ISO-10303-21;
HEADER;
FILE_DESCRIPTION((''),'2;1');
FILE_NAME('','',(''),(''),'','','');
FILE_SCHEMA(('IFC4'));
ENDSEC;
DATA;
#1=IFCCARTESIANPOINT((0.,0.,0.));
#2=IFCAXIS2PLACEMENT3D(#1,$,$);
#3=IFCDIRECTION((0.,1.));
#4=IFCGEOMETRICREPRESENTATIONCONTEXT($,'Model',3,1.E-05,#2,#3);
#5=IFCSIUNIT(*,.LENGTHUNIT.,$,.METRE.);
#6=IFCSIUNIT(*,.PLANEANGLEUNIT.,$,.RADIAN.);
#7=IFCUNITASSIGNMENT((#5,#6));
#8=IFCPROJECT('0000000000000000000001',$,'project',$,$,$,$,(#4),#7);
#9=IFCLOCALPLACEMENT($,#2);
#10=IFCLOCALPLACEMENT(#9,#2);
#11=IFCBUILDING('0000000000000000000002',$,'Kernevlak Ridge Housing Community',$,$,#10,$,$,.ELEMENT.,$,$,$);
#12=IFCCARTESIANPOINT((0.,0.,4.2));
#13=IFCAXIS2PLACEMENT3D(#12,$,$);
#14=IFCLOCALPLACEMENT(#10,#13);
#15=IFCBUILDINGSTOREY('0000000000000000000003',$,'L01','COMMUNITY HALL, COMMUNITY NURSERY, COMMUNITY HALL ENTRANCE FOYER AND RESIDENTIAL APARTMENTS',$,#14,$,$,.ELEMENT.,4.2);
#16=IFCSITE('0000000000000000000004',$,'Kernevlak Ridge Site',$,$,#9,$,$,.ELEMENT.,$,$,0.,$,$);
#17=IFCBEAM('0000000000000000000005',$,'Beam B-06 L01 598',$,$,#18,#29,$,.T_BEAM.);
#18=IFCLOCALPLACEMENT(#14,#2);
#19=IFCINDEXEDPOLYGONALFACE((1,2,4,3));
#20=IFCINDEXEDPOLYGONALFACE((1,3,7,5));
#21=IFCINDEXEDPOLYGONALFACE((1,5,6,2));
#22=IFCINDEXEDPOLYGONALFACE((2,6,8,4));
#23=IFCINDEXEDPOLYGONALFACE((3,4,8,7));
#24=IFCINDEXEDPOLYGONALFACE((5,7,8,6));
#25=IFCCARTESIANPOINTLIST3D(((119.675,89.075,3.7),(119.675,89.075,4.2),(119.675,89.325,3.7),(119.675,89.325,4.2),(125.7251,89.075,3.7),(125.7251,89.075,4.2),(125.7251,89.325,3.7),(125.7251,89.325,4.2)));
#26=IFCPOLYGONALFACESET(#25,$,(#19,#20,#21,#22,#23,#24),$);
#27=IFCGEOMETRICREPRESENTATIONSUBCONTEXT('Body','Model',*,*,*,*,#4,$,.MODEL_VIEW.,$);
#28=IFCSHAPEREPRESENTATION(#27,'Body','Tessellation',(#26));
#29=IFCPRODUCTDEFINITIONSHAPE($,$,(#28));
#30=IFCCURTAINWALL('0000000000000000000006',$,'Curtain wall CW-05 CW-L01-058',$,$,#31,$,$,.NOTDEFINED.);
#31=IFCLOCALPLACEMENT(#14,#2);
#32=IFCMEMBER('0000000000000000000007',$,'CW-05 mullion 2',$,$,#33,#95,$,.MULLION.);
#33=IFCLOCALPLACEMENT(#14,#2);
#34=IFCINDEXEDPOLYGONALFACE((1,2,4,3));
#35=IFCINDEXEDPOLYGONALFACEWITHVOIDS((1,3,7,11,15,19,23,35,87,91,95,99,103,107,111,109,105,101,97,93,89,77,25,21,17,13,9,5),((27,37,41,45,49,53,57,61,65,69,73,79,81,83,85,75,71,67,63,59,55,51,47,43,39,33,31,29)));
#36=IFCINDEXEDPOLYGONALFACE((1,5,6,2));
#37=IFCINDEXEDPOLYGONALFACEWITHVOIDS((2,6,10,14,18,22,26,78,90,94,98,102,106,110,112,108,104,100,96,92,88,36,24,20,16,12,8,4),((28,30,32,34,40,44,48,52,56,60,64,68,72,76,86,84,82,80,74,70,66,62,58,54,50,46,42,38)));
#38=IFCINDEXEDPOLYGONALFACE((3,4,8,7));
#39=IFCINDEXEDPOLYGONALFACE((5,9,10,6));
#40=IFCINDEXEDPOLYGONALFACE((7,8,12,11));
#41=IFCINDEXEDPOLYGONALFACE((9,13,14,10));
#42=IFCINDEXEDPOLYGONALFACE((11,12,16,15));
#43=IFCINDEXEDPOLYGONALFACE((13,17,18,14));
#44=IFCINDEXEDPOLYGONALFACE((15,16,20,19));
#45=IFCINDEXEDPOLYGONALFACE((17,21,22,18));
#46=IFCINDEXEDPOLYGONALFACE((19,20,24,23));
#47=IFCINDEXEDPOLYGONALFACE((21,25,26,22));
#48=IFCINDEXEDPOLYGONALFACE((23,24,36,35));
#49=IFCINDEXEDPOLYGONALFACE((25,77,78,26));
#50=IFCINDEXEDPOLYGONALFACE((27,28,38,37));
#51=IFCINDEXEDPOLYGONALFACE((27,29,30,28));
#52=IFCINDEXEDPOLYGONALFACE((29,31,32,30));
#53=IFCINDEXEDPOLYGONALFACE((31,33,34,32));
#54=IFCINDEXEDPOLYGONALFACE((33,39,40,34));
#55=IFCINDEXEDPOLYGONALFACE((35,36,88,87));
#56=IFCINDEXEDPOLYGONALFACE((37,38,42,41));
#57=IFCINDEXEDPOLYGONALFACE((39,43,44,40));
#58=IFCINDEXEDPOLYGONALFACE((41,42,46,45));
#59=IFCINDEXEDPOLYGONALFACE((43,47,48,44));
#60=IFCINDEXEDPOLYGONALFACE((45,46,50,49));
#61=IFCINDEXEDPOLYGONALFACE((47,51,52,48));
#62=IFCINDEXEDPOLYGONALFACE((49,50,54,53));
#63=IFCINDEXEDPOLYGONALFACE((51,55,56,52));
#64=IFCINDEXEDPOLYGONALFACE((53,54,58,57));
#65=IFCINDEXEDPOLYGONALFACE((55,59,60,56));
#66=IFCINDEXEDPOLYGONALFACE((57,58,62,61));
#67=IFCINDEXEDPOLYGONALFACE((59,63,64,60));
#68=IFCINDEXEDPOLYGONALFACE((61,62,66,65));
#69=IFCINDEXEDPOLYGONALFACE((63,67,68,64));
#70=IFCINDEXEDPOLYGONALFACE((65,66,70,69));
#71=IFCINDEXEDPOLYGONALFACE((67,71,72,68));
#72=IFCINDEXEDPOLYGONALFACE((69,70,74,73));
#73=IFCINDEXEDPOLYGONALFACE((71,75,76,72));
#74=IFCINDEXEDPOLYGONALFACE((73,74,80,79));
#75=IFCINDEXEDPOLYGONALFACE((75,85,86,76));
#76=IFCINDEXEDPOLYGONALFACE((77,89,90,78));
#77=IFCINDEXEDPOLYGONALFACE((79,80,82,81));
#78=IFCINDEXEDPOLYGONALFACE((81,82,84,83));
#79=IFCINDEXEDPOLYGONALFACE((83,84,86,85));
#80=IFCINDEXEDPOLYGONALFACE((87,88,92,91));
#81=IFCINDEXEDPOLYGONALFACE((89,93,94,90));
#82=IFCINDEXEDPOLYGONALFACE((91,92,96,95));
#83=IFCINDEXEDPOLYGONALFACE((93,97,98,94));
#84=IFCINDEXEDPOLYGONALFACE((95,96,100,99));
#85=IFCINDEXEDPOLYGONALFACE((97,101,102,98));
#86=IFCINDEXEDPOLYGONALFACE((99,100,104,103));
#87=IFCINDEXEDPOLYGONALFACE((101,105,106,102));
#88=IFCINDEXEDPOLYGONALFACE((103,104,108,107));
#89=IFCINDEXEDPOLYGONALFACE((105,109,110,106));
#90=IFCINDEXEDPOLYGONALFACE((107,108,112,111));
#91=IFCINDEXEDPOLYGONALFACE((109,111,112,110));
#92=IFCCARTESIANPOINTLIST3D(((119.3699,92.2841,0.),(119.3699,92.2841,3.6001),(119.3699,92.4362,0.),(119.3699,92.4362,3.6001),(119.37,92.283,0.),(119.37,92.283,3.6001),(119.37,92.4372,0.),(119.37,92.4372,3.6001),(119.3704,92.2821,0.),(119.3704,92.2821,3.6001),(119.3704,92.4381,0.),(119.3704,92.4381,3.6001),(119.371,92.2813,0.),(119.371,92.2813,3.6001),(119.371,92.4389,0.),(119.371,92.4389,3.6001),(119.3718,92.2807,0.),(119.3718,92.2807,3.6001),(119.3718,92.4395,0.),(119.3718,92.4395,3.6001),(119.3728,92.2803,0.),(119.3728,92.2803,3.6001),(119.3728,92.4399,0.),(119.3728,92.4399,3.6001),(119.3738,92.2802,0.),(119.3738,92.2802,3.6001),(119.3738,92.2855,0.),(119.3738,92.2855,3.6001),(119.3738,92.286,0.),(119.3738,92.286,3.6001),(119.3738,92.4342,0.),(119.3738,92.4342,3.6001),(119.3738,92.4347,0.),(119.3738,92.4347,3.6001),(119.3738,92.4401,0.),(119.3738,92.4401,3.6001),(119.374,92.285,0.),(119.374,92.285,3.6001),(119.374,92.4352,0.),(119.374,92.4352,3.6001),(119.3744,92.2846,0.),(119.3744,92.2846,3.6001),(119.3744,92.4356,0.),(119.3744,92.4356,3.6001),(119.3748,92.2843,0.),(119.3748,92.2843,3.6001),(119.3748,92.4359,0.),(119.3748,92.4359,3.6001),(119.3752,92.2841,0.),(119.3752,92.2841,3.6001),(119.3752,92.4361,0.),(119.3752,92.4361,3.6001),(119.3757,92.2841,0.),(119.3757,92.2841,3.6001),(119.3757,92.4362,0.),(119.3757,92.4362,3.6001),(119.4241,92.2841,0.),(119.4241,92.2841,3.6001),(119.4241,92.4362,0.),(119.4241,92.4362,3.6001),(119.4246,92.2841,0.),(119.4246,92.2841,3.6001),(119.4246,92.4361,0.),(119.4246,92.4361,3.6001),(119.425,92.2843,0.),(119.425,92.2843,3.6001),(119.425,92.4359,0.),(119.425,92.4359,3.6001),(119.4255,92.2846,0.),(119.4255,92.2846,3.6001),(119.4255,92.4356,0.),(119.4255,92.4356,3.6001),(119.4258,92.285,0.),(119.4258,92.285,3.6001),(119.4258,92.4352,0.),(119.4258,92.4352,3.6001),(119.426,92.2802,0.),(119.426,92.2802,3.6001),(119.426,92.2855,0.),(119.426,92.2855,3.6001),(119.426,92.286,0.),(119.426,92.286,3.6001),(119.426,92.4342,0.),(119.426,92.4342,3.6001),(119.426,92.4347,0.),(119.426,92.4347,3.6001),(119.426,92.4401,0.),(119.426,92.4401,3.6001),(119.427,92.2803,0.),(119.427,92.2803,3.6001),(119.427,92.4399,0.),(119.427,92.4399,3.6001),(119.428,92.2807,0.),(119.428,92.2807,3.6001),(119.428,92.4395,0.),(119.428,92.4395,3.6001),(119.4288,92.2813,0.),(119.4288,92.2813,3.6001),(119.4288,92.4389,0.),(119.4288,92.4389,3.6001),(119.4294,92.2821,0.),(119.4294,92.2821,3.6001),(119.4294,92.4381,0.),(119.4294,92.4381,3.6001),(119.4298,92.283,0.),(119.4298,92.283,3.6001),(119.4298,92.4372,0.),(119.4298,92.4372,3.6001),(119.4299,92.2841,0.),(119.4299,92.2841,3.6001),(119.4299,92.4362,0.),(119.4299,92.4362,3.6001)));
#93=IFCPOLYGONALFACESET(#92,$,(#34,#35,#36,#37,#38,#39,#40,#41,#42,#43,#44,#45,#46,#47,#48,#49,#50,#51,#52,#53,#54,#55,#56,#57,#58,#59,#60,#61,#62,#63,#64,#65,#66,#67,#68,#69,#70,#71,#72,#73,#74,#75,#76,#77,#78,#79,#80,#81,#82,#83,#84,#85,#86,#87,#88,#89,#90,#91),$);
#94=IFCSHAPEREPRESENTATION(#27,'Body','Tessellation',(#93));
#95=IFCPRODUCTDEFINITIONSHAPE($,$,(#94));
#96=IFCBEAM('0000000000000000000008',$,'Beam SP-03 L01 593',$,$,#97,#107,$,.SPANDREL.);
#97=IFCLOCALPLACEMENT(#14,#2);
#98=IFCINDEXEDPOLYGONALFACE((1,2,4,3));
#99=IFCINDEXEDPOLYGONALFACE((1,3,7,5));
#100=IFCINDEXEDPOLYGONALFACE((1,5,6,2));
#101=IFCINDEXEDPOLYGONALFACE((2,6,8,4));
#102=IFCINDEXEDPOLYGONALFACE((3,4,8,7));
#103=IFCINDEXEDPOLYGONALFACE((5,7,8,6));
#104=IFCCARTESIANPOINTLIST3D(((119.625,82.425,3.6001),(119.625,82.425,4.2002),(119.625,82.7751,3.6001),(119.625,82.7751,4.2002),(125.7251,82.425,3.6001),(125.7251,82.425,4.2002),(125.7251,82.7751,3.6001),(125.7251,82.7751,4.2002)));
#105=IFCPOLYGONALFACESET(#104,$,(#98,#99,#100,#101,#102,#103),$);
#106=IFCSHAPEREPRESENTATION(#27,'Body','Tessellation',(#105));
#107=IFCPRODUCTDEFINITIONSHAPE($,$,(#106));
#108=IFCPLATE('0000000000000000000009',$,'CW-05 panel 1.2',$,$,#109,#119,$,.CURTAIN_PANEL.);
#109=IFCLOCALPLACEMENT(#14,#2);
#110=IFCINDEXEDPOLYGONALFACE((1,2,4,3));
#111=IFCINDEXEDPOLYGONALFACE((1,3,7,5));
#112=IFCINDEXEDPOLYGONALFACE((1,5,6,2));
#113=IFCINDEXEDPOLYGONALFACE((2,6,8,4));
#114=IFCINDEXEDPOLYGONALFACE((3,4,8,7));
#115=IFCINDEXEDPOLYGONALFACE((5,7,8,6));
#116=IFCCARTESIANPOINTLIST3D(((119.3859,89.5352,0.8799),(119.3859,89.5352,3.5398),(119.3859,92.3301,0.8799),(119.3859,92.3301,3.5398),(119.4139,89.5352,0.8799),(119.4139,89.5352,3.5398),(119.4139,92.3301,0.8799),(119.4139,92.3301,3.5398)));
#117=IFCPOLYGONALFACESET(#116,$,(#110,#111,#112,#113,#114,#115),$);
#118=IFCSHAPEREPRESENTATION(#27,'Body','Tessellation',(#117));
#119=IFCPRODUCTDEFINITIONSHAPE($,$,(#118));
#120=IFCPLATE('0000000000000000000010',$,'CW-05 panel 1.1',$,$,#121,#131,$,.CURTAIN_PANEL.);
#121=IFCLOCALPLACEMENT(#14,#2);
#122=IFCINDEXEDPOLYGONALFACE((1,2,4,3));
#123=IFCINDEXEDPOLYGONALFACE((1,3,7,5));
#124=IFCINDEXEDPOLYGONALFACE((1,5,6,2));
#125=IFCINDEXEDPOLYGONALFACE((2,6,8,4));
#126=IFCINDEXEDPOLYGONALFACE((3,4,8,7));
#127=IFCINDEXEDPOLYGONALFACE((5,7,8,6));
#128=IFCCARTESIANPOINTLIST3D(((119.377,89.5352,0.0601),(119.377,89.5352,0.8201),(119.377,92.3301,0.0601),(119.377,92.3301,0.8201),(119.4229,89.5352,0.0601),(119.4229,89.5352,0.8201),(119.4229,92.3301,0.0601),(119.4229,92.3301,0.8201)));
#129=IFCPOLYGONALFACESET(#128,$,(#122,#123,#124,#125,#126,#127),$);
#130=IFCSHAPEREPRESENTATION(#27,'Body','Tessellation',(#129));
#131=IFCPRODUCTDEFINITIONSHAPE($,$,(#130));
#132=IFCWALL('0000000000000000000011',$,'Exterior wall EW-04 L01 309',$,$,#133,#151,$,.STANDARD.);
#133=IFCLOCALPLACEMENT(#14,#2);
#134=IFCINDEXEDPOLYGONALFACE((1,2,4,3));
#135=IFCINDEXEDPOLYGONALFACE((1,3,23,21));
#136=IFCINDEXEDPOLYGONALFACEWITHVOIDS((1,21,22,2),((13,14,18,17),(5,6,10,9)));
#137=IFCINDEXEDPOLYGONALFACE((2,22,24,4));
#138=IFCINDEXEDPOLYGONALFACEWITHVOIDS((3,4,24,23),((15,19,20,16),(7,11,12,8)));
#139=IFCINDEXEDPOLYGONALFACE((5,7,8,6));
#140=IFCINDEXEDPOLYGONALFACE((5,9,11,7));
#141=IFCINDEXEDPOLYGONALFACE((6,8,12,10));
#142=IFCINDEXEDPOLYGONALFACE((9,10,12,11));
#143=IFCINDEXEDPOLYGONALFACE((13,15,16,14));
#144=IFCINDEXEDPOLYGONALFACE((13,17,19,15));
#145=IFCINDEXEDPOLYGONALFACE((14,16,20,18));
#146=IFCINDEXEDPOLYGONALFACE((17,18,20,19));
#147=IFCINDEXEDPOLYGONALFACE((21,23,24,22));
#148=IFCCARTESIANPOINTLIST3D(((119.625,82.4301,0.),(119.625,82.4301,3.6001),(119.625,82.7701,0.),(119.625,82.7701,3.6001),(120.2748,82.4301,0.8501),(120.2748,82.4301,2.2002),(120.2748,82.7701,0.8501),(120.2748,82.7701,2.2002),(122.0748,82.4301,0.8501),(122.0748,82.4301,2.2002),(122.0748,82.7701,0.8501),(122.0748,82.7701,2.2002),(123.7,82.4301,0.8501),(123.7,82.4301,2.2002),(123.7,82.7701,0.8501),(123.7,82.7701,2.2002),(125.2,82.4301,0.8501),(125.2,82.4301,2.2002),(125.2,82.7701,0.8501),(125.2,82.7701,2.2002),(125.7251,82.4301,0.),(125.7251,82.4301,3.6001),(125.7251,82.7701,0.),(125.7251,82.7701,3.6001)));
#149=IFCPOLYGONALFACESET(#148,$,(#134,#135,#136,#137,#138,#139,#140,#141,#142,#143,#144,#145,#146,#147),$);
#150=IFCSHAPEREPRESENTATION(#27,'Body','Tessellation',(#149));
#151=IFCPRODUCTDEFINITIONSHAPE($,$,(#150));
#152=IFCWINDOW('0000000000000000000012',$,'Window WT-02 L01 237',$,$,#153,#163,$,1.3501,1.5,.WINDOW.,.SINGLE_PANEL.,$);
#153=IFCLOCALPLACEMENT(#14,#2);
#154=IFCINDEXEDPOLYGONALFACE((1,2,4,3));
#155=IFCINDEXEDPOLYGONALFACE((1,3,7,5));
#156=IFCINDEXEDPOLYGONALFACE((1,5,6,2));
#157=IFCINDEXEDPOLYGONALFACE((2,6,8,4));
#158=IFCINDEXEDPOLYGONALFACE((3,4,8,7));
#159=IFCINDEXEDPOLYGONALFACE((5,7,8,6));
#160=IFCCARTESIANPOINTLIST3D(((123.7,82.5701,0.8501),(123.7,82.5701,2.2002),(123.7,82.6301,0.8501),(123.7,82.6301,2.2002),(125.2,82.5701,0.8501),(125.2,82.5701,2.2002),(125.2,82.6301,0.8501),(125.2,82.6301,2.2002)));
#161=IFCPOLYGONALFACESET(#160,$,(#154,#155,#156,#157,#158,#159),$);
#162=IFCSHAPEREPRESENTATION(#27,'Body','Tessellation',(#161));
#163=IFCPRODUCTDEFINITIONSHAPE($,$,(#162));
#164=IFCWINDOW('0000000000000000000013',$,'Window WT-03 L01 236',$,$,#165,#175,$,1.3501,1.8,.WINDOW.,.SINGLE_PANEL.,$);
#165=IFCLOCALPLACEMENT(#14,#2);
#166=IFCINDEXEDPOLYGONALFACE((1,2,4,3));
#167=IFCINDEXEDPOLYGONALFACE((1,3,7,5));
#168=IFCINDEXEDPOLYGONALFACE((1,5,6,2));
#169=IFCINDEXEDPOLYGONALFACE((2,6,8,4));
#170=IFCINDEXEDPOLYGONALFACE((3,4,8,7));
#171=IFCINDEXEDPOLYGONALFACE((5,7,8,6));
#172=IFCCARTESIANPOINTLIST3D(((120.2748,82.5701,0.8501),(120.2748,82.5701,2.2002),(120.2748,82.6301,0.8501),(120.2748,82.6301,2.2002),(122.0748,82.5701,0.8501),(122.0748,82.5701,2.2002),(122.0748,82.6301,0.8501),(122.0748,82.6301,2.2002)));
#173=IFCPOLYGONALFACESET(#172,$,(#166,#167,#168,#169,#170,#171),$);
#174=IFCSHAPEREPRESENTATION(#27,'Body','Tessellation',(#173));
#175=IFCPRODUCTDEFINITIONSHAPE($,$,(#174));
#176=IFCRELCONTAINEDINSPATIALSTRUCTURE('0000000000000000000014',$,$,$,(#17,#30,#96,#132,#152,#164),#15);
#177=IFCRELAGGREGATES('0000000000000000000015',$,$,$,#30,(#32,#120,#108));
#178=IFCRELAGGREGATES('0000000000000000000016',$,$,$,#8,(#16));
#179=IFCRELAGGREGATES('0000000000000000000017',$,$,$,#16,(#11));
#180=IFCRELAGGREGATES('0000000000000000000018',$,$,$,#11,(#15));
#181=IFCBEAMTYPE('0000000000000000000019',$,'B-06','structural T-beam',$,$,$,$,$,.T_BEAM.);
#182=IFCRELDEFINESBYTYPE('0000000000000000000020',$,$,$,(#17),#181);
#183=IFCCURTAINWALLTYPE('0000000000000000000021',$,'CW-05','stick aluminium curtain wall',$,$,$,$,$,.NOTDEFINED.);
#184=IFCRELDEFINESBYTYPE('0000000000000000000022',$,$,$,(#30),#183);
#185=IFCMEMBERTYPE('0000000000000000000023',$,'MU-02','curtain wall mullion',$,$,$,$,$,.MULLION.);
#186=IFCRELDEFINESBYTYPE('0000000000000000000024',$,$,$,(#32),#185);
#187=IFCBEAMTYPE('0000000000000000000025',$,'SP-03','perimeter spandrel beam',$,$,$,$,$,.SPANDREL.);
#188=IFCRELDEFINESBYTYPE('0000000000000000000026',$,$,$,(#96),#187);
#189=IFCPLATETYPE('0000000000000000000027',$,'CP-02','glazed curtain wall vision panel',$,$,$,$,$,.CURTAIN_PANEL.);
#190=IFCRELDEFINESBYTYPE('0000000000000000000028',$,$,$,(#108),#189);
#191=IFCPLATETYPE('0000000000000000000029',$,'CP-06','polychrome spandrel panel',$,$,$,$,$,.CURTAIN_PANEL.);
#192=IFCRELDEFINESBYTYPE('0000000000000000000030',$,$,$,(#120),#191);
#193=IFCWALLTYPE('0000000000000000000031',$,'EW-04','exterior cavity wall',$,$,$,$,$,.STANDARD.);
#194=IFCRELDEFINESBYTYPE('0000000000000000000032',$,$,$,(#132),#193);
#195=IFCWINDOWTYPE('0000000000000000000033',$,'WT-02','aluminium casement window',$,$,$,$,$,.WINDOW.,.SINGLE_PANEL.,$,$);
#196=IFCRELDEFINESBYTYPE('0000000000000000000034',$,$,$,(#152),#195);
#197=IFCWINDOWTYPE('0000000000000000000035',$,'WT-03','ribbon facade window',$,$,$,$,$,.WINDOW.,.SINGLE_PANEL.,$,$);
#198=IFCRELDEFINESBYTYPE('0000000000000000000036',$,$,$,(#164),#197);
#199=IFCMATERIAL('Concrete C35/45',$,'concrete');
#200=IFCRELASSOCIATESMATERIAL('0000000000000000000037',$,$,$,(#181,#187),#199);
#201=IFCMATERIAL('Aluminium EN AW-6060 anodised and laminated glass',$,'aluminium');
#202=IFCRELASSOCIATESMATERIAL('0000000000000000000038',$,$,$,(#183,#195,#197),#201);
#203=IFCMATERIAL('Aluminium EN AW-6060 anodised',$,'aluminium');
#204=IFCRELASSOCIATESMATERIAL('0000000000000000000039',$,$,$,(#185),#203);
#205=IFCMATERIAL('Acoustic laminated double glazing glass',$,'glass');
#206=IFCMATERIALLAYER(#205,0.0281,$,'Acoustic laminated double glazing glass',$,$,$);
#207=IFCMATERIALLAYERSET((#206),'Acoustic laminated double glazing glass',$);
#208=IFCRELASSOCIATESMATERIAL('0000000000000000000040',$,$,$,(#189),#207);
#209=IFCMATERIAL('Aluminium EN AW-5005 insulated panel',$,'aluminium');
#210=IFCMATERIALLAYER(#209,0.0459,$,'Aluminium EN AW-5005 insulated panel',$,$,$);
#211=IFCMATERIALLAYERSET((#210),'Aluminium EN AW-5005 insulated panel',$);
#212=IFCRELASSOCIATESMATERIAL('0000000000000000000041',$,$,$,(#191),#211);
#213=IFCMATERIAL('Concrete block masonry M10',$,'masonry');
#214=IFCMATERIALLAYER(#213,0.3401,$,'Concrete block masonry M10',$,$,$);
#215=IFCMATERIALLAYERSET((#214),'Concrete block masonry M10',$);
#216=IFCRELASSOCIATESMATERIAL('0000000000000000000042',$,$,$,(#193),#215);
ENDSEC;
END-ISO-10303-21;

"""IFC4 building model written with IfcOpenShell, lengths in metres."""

from ifc_helpers import new_model, si_unit, direction, frame, frame_2d, origin, origin_2d, place, context, subcontext, project, spatial, rectangle, hollow_rectangle, extrude, material, layer, layer_set, material_profile, profile_set, type_object, element, fill, aggregate, save


model = new_model("IFC4")

# Units and contexts
model_context = context("Model", 3, precision=1e-05, world=origin(), true_north=direction((0.0, 1.0)))
body_context = subcontext(model_context, "Body", "Model", "MODEL_VIEW")
ifc_project = project(units=[si_unit("LENGTHUNIT", "METRE"), si_unit("PLANEANGLEUNIT", "RADIAN")], contexts=[model_context])

# Site, building, storey
site_placement = place(None, origin())
site = spatial("IfcSite", under=ifc_project, at=site_placement, Name="Kernevlak Ridge Site", CompositionType="ELEMENT", RefElevation=0.0)
building_placement = place(site_placement, origin())
building = spatial("IfcBuilding", under=site, at=building_placement, Name="Kernevlak Ridge Housing Community", CompositionType="ELEMENT")
storey_placement = place(building_placement, frame((0.0, 0.0, 4.2)))
storey = spatial("IfcBuildingStorey", under=building, at=storey_placement, Name="L01", Description="COMMUNITY HALL, COMMUNITY NURSERY, COMMUNITY HALL ENTRANCE FOYER AND RESIDENTIAL APARTMENTS", CompositionType="ELEMENT", Elevation=4.2)

# Beam
ifc_material_1 = material(Name="Concrete C35/45", Category="concrete")
ifc_material_profile_1 = material_profile(ifc_material_1, rectangle(XDim=0.25, YDim=0.5, at=origin_2d()), Name="RC 250x500")
ifc_profile_set_1 = profile_set([ifc_material_profile_1], Name="Concrete C35/45")
beam_type_1 = type_object("IfcBeamType", Name="B-06", Description="structural T-beam", PredefinedType="T_BEAM", material=ifc_profile_set_1)
beam_1_placement = place(storey_placement, frame((119.675, 89.2, 3.95), z_axis=(1.0, 0.0, 0.0), x_axis=(0.0, 1.0, 0.0)))
element("IfcBeam", 1, at=beam_1_placement, inside=storey, type_object=beam_type_1, Name="Beam B-06 L01 598", PredefinedType="T_BEAM", context=body_context, shape_type="SweptSolid", body=[
    extrude(rectangle(XDim=0.25, YDim=0.5, at=origin_2d()), origin(), (0.0, 0.0, 1.0), 6.05),
])

# Curtain wall, member
ifc_material_2 = material(Name="Aluminium EN AW-6060 anodised and laminated glass", Category="aluminium")
curtain_wall_type = type_object("IfcCurtainWallType", Name="CW-05", Description="stick aluminium curtain wall", PredefinedType="NOTDEFINED", material=ifc_material_2)
curtain_wall_placement = place(storey_placement, origin())
curtain_wall = element("IfcCurtainWall", 2, at=curtain_wall_placement, inside=storey, type_object=curtain_wall_type, Name="Curtain wall CW-05 CW-L01-058", PredefinedType="NOTDEFINED")
ifc_material_3 = material(Name="Aluminium EN AW-6060 anodised", Category="aluminium")
ifc_material_profile_2 = material_profile(ifc_material_3, hollow_rectangle(XDim=0.0601, YDim=0.1599, WallThickness=0.0039, InnerFilletRadius=0.002, OuterFilletRadius=0.0039, at=origin_2d()), Name="ALU 60x160x4")
ifc_profile_set_2 = profile_set([ifc_material_profile_2], Name="Aluminium EN AW-6060 anodised")
member_type = type_object("IfcMemberType", Name="MU-02", Description="curtain wall mullion", PredefinedType="MULLION", material=ifc_profile_set_2)
member_placement = place(storey_placement, frame((119.3999, 92.3601, 0.0), z_axis=(0.0, 0.0, 1.0), x_axis=(-1.0, 0.0, 0.0)))
member = element("IfcMember", 3, at=member_placement, type_object=member_type, Name="CW-05 mullion 2", PredefinedType="MULLION", context=body_context, shape_type="SweptSolid", body=[
    extrude(hollow_rectangle(XDim=0.0601, YDim=0.1599, WallThickness=0.0039, InnerFilletRadius=0.002, OuterFilletRadius=0.0039, at=origin_2d()), origin(), (0.0, 0.0, 1.0), 3.6001),
])

# Beam
ifc_material_profile_3 = material_profile(ifc_material_1, rectangle(XDim=0.3501, YDim=0.6001, at=origin_2d()), Name="RC 350x600")
ifc_profile_set_3 = profile_set([ifc_material_profile_3], Name="Concrete C35/45")
beam_type_2 = type_object("IfcBeamType", Name="SP-03", Description="perimeter spandrel beam", PredefinedType="SPANDREL", material=ifc_profile_set_3)
beam_2_placement = place(storey_placement, frame((119.625, 82.6001, 3.9001), z_axis=(1.0, 0.0, 0.0), x_axis=(0.0, 1.0, 0.0)))
element("IfcBeam", 4, at=beam_2_placement, inside=storey, type_object=beam_type_2, Name="Beam SP-03 L01 593", PredefinedType="SPANDREL", context=body_context, shape_type="SweptSolid", body=[
    extrude(rectangle(XDim=0.3501, YDim=0.6001, at=origin_2d()), origin(), (0.0, 0.0, 1.0), 6.1001),
])

# Plates
ifc_material_4 = material(Name="Acoustic laminated double glazing glass", Category="glass")
ifc_layer_1 = layer(ifc_material_4, 0.0281, Name="Acoustic laminated double glazing glass")
ifc_layer_set_1 = layer_set([ifc_layer_1], Name="Acoustic laminated double glazing glass")
plate_type_1 = type_object("IfcPlateType", Name="CP-02", Description="glazed curtain wall vision panel", PredefinedType="CURTAIN_PANEL", material=ifc_layer_set_1)
plate_1_placement = place(storey_placement, frame((119.3999, 90.9326, 0.8799), z_axis=(0.0, 0.0, 1.0), x_axis=(0.0, 1.0, 0.0)))
plate_1 = element("IfcPlate", 5, at=plate_1_placement, type_object=plate_type_1, Name="CW-05 panel 1.2", PredefinedType="CURTAIN_PANEL", context=body_context, shape_type="SweptSolid", body=[
    extrude(rectangle(XDim=2.7949, YDim=0.0281, at=origin_2d()), origin(), (0.0, 0.0, 1.0), 2.6599),
])
ifc_material_5 = material(Name="Aluminium EN AW-5005 insulated panel", Category="aluminium")
ifc_layer_2 = layer(ifc_material_5, 0.0459, Name="Aluminium EN AW-5005 insulated panel")
ifc_layer_set_2 = layer_set([ifc_layer_2], Name="Aluminium EN AW-5005 insulated panel")
plate_type_2 = type_object("IfcPlateType", Name="CP-06", Description="polychrome spandrel panel", PredefinedType="CURTAIN_PANEL", material=ifc_layer_set_2)
plate_2_placement = place(storey_placement, frame((119.3999, 90.9326, 0.0601), z_axis=(0.0, 0.0, 1.0), x_axis=(0.0, 1.0, 0.0)))
plate_2 = element("IfcPlate", 6, at=plate_2_placement, type_object=plate_type_2, Name="CW-05 panel 1.1", PredefinedType="CURTAIN_PANEL", context=body_context, shape_type="SweptSolid", body=[
    extrude(rectangle(XDim=2.7949, YDim=0.0459, at=origin_2d()), origin(), (0.0, 0.0, 1.0), 0.76),
])
aggregate(curtain_wall, [member, plate_2, plate_1])

# Wall, openings, windows
ifc_material_6 = material(Name="Concrete block masonry M10", Category="masonry")
ifc_layer_3 = layer(ifc_material_6, 0.3401, Name="Concrete block masonry M10")
ifc_layer_set_3 = layer_set([ifc_layer_3], Name="Concrete block masonry M10")
wall_type_1 = type_object("IfcWallType", Name="EW-04", Description="exterior cavity wall", PredefinedType="STANDARD", material=ifc_layer_set_3)
wall_1_placement = place(storey_placement, frame((119.625, 82.6001, 0.0), z_axis=(0.0, 0.0, 1.0), x_axis=(1.0, 0.0, 0.0)))
wall_1 = element("IfcWall", 7, at=wall_1_placement, inside=storey, type_object=wall_type_1, Name="Exterior wall EW-04 L01 309", PredefinedType="STANDARD", context=body_context, shape_type="SweptSolid", body=[
    extrude(rectangle(XDim=6.1001, YDim=0.3401, at=frame_2d((3.05, 0.0))), origin(), (0.0, 0.0, 1.0), 3.6001),
])
opening_1_placement = place(wall_1_placement, frame((0.6499, 0.0, 0.8501)))
opening_1 = element("IfcOpeningElement", 8, at=opening_1_placement, cuts=wall_1, PredefinedType="OPENING", context=body_context, shape_type="SweptSolid", body=[
    extrude(rectangle(XDim=1.8, YDim=1.3501, at=frame_2d((0.8999, 0.675))), frame((0.0, 0.1799, 0.0), z_axis=(0.0, -1.0, 0.0), x_axis=(1.0, 0.0, 0.0)), (0.0, 0.0, 1.0), 0.3601),
])
opening_2_placement = place(wall_1_placement, frame((4.075, 0.0, 0.8501)))
opening_2 = element("IfcOpeningElement", 9, at=opening_2_placement, cuts=wall_1, PredefinedType="OPENING", context=body_context, shape_type="SweptSolid", body=[
    extrude(rectangle(XDim=1.5, YDim=1.3501, at=frame_2d((0.75, 0.675))), frame((0.0, 0.1799, 0.0), z_axis=(0.0, -1.0, 0.0), x_axis=(1.0, 0.0, 0.0)), (0.0, 0.0, 1.0), 0.3601),
])
window_type_1 = type_object("IfcWindowType", Name="WT-02", Description="aluminium casement window", PartitioningType="SINGLE_PANEL", PredefinedType="WINDOW", material=ifc_material_2)
window_1_placement = place(opening_2_placement, origin())
window_1 = element("IfcWindow", 10, at=window_1_placement, inside=storey, type_object=window_type_1, Name="Window WT-02 L01 237", OverallHeight=1.3501, OverallWidth=1.5, PartitioningType="SINGLE_PANEL", PredefinedType="WINDOW", context=body_context, shape_type="SweptSolid", body=[
    extrude(rectangle(XDim=1.5, YDim=1.3501, at=frame_2d((0.75, 0.675))), frame((0.0, 0.03, 0.0), z_axis=(0.0, -1.0, 0.0), x_axis=(1.0, 0.0, 0.0)), (0.0, 0.0, 1.0), 0.0601),
])
fill(opening_2, window_1)
window_type_2 = type_object("IfcWindowType", Name="WT-03", Description="ribbon facade window", PartitioningType="SINGLE_PANEL", PredefinedType="WINDOW", material=ifc_material_2)
window_2_placement = place(opening_1_placement, origin())
window_2 = element("IfcWindow", 11, at=window_2_placement, inside=storey, type_object=window_type_2, Name="Window WT-03 L01 236", OverallHeight=1.3501, OverallWidth=1.8, PartitioningType="SINGLE_PANEL", PredefinedType="WINDOW", context=body_context, shape_type="SweptSolid", body=[
    extrude(rectangle(XDim=1.8, YDim=1.3501, at=frame_2d((0.8999, 0.675))), frame((0.0, 0.03, 0.0), z_axis=(0.0, -1.0, 0.0), x_axis=(1.0, 0.0, 0.0)), (0.0, 0.0, 1.0), 0.0601),
])
fill(opening_1, window_2)

save(model, "model.ifc")
